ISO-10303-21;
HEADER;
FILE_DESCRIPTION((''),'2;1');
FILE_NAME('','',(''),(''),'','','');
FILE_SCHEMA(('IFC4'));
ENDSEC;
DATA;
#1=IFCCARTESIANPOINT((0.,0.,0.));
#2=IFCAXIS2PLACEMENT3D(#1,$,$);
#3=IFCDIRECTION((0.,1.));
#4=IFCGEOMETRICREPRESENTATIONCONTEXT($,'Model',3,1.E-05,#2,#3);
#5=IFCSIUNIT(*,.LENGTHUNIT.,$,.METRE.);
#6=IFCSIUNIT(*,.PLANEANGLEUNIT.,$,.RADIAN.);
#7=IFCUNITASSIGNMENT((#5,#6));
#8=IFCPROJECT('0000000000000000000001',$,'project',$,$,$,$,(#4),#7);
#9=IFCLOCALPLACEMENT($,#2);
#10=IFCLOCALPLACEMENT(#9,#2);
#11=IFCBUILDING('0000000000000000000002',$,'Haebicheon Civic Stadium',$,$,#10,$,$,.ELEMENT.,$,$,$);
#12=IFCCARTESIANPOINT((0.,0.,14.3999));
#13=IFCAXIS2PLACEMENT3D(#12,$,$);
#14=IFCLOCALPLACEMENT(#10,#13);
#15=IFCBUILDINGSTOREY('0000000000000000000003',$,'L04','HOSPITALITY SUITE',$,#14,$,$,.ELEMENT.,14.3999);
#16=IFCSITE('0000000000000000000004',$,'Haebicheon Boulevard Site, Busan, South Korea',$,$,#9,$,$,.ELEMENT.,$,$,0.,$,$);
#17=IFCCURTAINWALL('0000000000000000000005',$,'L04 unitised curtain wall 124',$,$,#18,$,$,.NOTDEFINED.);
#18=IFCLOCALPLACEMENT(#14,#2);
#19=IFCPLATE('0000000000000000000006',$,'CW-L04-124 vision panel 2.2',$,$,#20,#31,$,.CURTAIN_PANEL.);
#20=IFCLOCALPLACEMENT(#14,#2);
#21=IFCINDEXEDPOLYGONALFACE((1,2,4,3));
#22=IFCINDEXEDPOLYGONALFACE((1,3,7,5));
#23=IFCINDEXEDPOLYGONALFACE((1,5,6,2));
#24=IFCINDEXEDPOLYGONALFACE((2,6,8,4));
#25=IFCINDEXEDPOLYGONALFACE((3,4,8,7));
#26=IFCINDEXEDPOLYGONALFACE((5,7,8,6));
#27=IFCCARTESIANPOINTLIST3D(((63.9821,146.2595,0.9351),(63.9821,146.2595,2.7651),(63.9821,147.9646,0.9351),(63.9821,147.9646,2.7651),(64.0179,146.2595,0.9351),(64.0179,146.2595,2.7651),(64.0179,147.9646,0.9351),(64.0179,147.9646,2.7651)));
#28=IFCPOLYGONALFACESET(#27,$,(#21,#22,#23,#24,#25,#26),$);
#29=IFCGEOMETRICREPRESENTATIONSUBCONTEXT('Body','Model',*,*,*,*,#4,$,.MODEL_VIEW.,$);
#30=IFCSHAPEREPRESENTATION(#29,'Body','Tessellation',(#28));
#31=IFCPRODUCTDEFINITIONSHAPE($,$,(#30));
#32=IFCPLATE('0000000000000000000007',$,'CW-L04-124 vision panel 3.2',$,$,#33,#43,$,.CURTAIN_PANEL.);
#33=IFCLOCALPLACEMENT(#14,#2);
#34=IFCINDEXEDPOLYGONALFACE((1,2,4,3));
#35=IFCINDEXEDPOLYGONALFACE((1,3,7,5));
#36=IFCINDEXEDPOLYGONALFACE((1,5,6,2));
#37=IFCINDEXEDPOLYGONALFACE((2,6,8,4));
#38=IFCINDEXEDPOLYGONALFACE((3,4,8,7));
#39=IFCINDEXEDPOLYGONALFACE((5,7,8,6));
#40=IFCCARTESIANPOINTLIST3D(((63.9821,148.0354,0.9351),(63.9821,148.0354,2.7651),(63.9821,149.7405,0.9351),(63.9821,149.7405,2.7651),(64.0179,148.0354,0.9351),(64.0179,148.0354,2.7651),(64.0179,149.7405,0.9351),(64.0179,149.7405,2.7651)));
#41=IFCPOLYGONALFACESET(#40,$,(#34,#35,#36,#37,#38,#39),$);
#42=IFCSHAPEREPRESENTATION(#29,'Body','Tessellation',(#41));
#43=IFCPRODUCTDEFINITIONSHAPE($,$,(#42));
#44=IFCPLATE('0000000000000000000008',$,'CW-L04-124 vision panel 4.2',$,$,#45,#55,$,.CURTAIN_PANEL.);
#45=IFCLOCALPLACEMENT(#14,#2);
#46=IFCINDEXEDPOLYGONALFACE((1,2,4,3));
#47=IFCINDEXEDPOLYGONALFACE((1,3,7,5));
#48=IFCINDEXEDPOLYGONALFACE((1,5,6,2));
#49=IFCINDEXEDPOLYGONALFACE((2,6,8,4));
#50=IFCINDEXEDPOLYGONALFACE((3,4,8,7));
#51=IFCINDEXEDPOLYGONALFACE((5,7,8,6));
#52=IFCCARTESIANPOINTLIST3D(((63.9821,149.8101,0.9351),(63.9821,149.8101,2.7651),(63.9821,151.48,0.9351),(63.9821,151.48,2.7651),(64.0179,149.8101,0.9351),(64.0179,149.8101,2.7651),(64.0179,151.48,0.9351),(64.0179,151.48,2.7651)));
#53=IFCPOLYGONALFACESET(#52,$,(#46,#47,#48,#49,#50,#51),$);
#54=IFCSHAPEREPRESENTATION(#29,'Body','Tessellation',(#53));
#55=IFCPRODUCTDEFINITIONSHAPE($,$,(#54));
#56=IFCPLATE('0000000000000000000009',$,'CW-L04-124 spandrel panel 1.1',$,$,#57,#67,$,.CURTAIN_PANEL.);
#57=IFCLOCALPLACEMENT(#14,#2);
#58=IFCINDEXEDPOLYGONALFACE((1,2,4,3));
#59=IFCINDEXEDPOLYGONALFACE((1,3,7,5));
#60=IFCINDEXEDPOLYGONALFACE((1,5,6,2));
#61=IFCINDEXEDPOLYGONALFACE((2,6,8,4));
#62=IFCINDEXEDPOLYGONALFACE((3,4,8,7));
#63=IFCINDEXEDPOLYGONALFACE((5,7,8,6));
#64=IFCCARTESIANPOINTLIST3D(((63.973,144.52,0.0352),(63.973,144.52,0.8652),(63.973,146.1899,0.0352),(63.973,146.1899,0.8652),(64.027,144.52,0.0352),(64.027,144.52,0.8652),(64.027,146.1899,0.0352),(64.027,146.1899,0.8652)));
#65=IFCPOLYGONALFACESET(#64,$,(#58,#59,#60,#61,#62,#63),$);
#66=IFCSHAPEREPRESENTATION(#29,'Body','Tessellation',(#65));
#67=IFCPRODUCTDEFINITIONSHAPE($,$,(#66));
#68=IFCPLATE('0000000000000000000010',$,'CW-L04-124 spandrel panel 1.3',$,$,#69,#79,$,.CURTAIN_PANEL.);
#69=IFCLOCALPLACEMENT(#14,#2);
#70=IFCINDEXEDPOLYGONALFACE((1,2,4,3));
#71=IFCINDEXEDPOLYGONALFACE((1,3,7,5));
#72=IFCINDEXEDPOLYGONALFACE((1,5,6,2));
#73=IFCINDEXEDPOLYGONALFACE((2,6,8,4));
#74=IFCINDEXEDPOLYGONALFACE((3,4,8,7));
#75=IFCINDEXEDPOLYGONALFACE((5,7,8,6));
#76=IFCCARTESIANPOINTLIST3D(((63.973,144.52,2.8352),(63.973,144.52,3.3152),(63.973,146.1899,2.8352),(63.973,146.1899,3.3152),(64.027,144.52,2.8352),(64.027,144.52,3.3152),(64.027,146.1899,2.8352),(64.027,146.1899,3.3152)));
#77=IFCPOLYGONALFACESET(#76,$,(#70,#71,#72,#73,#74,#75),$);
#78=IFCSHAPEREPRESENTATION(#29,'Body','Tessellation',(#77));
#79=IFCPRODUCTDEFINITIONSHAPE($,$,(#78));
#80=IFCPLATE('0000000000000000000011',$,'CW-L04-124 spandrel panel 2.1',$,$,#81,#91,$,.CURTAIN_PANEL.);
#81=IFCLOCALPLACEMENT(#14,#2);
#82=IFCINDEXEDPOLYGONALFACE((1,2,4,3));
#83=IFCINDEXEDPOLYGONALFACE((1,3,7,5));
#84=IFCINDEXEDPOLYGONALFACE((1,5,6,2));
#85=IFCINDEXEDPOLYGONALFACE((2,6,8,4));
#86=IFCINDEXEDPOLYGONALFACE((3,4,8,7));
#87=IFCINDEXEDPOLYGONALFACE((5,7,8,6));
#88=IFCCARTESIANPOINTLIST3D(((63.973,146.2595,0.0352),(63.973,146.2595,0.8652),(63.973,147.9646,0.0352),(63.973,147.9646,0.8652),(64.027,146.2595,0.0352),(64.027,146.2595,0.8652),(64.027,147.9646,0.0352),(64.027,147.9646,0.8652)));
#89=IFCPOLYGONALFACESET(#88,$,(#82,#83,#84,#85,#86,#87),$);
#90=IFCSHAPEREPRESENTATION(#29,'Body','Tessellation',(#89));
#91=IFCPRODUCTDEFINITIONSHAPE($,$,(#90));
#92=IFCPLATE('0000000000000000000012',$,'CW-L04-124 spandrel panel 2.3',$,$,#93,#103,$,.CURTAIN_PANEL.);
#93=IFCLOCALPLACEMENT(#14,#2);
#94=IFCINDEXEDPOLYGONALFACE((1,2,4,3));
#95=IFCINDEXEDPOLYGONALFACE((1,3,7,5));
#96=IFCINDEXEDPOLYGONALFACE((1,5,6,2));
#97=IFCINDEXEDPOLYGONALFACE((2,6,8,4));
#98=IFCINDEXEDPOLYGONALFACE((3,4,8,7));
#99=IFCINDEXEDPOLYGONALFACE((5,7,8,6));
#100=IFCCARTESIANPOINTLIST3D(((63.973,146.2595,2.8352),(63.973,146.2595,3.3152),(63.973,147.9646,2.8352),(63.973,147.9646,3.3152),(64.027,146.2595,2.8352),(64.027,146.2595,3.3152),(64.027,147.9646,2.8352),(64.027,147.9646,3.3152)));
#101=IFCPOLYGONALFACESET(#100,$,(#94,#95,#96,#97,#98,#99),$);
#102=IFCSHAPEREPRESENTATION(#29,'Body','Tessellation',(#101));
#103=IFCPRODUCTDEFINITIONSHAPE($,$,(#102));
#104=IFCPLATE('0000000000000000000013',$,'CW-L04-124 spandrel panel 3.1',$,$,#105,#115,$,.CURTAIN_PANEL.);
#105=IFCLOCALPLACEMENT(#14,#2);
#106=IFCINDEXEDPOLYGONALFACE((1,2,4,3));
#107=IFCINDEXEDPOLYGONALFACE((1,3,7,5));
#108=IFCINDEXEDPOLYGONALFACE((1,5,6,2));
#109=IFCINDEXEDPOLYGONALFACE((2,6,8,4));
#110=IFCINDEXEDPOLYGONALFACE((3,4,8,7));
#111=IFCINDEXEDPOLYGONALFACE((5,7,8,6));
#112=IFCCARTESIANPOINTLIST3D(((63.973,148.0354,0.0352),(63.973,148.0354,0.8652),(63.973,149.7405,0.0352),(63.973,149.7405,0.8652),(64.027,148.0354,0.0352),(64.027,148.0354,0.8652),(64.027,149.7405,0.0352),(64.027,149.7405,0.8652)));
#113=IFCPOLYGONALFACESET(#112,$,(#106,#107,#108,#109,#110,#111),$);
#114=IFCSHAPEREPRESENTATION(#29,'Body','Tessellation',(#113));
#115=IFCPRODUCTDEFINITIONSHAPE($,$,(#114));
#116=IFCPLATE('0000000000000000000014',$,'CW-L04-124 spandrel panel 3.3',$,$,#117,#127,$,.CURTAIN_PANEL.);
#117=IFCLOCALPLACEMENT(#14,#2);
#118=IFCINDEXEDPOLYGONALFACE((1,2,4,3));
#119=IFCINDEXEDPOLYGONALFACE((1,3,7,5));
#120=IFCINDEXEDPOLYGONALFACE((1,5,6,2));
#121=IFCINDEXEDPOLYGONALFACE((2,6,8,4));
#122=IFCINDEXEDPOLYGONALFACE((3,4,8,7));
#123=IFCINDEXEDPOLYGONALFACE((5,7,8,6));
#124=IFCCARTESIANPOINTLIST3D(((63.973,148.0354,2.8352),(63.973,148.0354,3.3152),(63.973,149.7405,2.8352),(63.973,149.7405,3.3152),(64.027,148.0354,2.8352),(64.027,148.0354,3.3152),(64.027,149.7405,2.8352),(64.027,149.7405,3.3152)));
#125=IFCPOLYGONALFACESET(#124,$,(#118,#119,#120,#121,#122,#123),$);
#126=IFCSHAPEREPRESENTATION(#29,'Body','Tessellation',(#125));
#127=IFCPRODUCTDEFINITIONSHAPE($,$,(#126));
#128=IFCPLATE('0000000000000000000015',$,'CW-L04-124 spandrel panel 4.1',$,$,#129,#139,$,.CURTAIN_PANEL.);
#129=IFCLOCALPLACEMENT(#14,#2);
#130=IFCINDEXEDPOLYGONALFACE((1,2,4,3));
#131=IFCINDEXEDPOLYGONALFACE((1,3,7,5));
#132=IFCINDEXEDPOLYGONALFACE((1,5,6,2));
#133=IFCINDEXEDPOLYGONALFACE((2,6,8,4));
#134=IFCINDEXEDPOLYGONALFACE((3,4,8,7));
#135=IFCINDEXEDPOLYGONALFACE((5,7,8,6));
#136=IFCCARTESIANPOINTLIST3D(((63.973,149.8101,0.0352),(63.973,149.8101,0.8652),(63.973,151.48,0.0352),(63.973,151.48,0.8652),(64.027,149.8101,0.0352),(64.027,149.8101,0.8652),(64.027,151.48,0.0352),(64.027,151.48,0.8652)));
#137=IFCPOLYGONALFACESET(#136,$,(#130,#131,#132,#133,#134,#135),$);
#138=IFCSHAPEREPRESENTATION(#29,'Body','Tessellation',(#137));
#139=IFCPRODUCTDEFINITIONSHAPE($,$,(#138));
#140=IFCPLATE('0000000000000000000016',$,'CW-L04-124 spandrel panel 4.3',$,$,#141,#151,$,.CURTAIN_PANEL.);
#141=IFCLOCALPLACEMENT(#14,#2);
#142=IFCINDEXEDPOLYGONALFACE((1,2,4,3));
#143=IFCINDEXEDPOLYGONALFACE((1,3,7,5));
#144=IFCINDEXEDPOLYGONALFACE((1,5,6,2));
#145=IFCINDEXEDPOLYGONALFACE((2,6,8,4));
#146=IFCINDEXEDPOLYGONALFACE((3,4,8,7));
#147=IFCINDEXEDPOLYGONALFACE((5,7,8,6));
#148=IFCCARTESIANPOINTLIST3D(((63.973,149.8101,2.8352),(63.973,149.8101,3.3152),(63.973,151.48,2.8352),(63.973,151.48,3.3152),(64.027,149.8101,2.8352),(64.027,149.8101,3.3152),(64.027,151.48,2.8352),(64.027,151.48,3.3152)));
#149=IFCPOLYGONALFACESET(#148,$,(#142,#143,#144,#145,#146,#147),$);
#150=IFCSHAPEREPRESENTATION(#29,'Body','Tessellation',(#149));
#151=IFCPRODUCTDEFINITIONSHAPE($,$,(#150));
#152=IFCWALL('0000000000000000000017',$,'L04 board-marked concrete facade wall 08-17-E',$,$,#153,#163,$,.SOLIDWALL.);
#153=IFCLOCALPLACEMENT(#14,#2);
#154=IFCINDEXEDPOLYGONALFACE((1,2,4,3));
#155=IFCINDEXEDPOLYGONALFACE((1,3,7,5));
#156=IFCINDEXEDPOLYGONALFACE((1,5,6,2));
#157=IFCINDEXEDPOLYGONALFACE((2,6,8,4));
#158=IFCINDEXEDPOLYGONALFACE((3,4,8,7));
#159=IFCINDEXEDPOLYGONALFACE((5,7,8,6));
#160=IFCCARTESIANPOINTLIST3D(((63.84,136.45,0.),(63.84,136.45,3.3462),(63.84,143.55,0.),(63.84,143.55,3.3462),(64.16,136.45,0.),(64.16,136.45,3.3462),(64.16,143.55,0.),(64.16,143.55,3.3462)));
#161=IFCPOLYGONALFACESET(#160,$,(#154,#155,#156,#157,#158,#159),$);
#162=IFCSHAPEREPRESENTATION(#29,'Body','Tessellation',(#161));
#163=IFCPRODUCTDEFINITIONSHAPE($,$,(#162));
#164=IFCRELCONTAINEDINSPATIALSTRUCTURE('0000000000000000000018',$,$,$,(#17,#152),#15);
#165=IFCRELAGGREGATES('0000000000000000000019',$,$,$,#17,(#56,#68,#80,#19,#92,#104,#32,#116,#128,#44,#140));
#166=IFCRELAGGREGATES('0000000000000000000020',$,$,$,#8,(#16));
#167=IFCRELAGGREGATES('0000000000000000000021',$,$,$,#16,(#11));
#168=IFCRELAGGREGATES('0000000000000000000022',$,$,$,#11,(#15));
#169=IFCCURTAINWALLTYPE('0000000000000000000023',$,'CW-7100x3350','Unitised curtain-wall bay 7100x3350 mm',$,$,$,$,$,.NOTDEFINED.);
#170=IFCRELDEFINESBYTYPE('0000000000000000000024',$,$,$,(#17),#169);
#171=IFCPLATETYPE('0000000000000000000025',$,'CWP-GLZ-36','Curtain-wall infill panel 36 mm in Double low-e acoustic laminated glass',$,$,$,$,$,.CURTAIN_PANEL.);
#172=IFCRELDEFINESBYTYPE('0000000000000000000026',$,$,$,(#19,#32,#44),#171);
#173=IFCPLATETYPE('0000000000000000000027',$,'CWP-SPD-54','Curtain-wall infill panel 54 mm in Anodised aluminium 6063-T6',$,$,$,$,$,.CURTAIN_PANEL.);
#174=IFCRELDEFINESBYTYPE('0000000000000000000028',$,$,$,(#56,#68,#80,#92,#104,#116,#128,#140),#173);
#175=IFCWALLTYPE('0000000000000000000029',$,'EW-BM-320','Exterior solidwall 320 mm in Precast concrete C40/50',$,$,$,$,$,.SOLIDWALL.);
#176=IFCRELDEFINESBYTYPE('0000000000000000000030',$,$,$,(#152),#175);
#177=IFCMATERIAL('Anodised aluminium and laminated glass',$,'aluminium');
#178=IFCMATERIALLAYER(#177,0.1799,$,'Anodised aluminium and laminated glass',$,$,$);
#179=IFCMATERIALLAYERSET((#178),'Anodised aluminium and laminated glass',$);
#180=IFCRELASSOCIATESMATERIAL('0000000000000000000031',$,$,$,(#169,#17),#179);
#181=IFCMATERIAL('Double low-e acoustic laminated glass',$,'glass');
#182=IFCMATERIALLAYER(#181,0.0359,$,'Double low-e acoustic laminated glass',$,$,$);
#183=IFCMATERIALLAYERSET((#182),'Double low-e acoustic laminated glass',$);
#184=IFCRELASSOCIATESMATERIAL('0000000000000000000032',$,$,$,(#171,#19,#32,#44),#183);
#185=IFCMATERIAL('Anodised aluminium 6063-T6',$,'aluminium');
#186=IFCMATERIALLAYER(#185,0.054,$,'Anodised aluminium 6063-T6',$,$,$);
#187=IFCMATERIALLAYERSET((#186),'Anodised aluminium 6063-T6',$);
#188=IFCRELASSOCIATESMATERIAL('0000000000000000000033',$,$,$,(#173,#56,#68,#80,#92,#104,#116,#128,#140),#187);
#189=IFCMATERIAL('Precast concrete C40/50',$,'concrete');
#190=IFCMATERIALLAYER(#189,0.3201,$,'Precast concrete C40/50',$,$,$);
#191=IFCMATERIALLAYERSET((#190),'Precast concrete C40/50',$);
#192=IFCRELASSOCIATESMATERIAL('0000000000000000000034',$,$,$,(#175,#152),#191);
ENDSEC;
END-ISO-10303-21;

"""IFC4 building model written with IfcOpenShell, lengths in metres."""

from ifc_helpers import new_model, si_unit, direction, frame, frame_2d, origin, origin_2d, place, context, subcontext, project, spatial, rectangle, extrude, material, layer, layer_set, type_object, element, aggregate, save


model = new_model("IFC4")

# Units and contexts
model_context = context("Model", 3, precision=1e-05, world=origin(), true_north=direction((0.0, 1.0)))
body_context = subcontext(model_context, "Body", "Model", "MODEL_VIEW")
ifc_project = project(units=[si_unit("LENGTHUNIT", "METRE"), si_unit("PLANEANGLEUNIT", "RADIAN")], contexts=[model_context])

# Site, building, storey
site_placement = place(None, origin())
site = spatial("IfcSite", under=ifc_project, at=site_placement, Name="Haebicheon Boulevard Site, Busan, South Korea", CompositionType="ELEMENT", RefElevation=0.0)
building_placement = place(site_placement, origin())
building = spatial("IfcBuilding", under=site, at=building_placement, Name="Haebicheon Civic Stadium", CompositionType="ELEMENT")
storey_placement = place(building_placement, frame((0.0, 0.0, 14.3999)))
storey = spatial("IfcBuildingStorey", under=building, at=storey_placement, Name="L04", Description="HOSPITALITY SUITE", CompositionType="ELEMENT", Elevation=14.3999)

# Curtain wall
ifc_material_1 = material(Name="Anodised aluminium and laminated glass", Category="aluminium")
ifc_layer_1 = layer(ifc_material_1, 0.1799, Name="Anodised aluminium and laminated glass")
ifc_layer_set_1 = layer_set([ifc_layer_1], Name="Anodised aluminium and laminated glass")
curtain_wall_type = type_object("IfcCurtainWallType", Name="CW-7100x3350", Description="Unitised curtain-wall bay 7100x3350 mm", PredefinedType="NOTDEFINED", material=ifc_layer_set_1)
curtain_wall_placement = place(storey_placement, origin())
curtain_wall = element("IfcCurtainWall", 1, at=curtain_wall_placement, inside=storey, type_object=curtain_wall_type, material=ifc_layer_set_1, Name="L04 unitised curtain wall 124", PredefinedType="NOTDEFINED")

# Plates
ifc_material_2 = material(Name="Double low-e acoustic laminated glass", Category="glass")
ifc_layer_2 = layer(ifc_material_2, 0.0359, Name="Double low-e acoustic laminated glass")
ifc_layer_set_2 = layer_set([ifc_layer_2], Name="Double low-e acoustic laminated glass")
plate_type_1 = type_object("IfcPlateType", Name="CWP-GLZ-36", Description="Curtain-wall infill panel 36 mm in Double low-e acoustic laminated glass", PredefinedType="CURTAIN_PANEL", material=ifc_layer_set_2)
plate_1_placement = place(storey_placement, frame((64.0, 147.1121, 0.9351), z_axis=(0.0, 0.0, 1.0), x_axis=(0.0, 1.0, 0.0)))
plate_1 = element("IfcPlate", 2, at=plate_1_placement, type_object=plate_type_1, material=ifc_layer_set_2, Name="CW-L04-124 vision panel 2.2", PredefinedType="CURTAIN_PANEL", context=body_context, shape_type="SweptSolid", body=[
    extrude(rectangle(XDim=1.7051, YDim=0.0359, at=origin_2d()), origin(), (0.0, 0.0, 1.0), 1.8301),
])
plate_2_placement = place(storey_placement, frame((64.0, 148.8879, 0.9351), z_axis=(0.0, 0.0, 1.0), x_axis=(0.0, 1.0, 0.0)))
plate_2 = element("IfcPlate", 3, at=plate_2_placement, type_object=plate_type_1, material=ifc_layer_set_2, Name="CW-L04-124 vision panel 3.2", PredefinedType="CURTAIN_PANEL", context=body_context, shape_type="SweptSolid", body=[
    extrude(rectangle(XDim=1.7051, YDim=0.0359, at=origin_2d()), origin(), (0.0, 0.0, 1.0), 1.8301),
])
plate_3_placement = place(storey_placement, frame((64.0, 150.645, 0.9351), z_axis=(0.0, 0.0, 1.0), x_axis=(0.0, 1.0, 0.0)))
plate_3 = element("IfcPlate", 4, at=plate_3_placement, type_object=plate_type_1, material=ifc_layer_set_2, Name="CW-L04-124 vision panel 4.2", PredefinedType="CURTAIN_PANEL", context=body_context, shape_type="SweptSolid", body=[
    extrude(rectangle(XDim=1.6699, YDim=0.0359, at=origin_2d()), origin(), (0.0, 0.0, 1.0), 1.8301),
])
ifc_material_3 = material(Name="Anodised aluminium 6063-T6", Category="aluminium")
ifc_layer_3 = layer(ifc_material_3, 0.054, Name="Anodised aluminium 6063-T6")
ifc_layer_set_3 = layer_set([ifc_layer_3], Name="Anodised aluminium 6063-T6")
plate_type_2 = type_object("IfcPlateType", Name="CWP-SPD-54", Description="Curtain-wall infill panel 54 mm in Anodised aluminium 6063-T6", PredefinedType="CURTAIN_PANEL", material=ifc_layer_set_3)
plate_4_placement = place(storey_placement, frame((64.0, 145.355, 0.0352), z_axis=(0.0, 0.0, 1.0), x_axis=(0.0, 1.0, 0.0)))
plate_4 = element("IfcPlate", 5, at=plate_4_placement, type_object=plate_type_2, material=ifc_layer_set_3, Name="CW-L04-124 spandrel panel 1.1", PredefinedType="CURTAIN_PANEL", context=body_context, shape_type="SweptSolid", body=[
    extrude(rectangle(XDim=1.6699, YDim=0.054, at=origin_2d()), origin(), (0.0, 0.0, 1.0), 0.8301),
])
plate_5_placement = place(storey_placement, frame((64.0, 145.355, 2.8352), z_axis=(0.0, 0.0, 1.0), x_axis=(0.0, 1.0, 0.0)))
plate_5 = element("IfcPlate", 6, at=plate_5_placement, type_object=plate_type_2, material=ifc_layer_set_3, Name="CW-L04-124 spandrel panel 1.3", PredefinedType="CURTAIN_PANEL", context=body_context, shape_type="SweptSolid", body=[
    extrude(rectangle(XDim=1.6699, YDim=0.054, at=origin_2d()), origin(), (0.0, 0.0, 1.0), 0.48),
])
plate_6_placement = place(storey_placement, frame((64.0, 147.1121, 0.0352), z_axis=(0.0, 0.0, 1.0), x_axis=(0.0, 1.0, 0.0)))
plate_6 = element("IfcPlate", 7, at=plate_6_placement, type_object=plate_type_2, material=ifc_layer_set_3, Name="CW-L04-124 spandrel panel 2.1", PredefinedType="CURTAIN_PANEL", context=body_context, shape_type="SweptSolid", body=[
    extrude(rectangle(XDim=1.7051, YDim=0.054, at=origin_2d()), origin(), (0.0, 0.0, 1.0), 0.8301),
])
plate_7_placement = place(storey_placement, frame((64.0, 147.1121, 2.8352), z_axis=(0.0, 0.0, 1.0), x_axis=(0.0, 1.0, 0.0)))
plate_7 = element("IfcPlate", 8, at=plate_7_placement, type_object=plate_type_2, material=ifc_layer_set_3, Name="CW-L04-124 spandrel panel 2.3", PredefinedType="CURTAIN_PANEL", context=body_context, shape_type="SweptSolid", body=[
    extrude(rectangle(XDim=1.7051, YDim=0.054, at=origin_2d()), origin(), (0.0, 0.0, 1.0), 0.48),
])
plate_8_placement = place(storey_placement, frame((64.0, 148.8879, 0.0352), z_axis=(0.0, 0.0, 1.0), x_axis=(0.0, 1.0, 0.0)))
plate_8 = element("IfcPlate", 9, at=plate_8_placement, type_object=plate_type_2, material=ifc_layer_set_3, Name="CW-L04-124 spandrel panel 3.1", PredefinedType="CURTAIN_PANEL", context=body_context, shape_type="SweptSolid", body=[
    extrude(rectangle(XDim=1.7051, YDim=0.054, at=origin_2d()), origin(), (0.0, 0.0, 1.0), 0.8301),
])
plate_9_placement = place(storey_placement, frame((64.0, 148.8879, 2.8352), z_axis=(0.0, 0.0, 1.0), x_axis=(0.0, 1.0, 0.0)))
plate_9 = element("IfcPlate", 10, at=plate_9_placement, type_object=plate_type_2, material=ifc_layer_set_3, Name="CW-L04-124 spandrel panel 3.3", PredefinedType="CURTAIN_PANEL", context=body_context, shape_type="SweptSolid", body=[
    extrude(rectangle(XDim=1.7051, YDim=0.054, at=origin_2d()), origin(), (0.0, 0.0, 1.0), 0.48),
])
plate_10_placement = place(storey_placement, frame((64.0, 150.645, 0.0352), z_axis=(0.0, 0.0, 1.0), x_axis=(0.0, 1.0, 0.0)))
plate_10 = element("IfcPlate", 11, at=plate_10_placement, type_object=plate_type_2, material=ifc_layer_set_3, Name="CW-L04-124 spandrel panel 4.1", PredefinedType="CURTAIN_PANEL", context=body_context, shape_type="SweptSolid", body=[
    extrude(rectangle(XDim=1.6699, YDim=0.054, at=origin_2d()), origin(), (0.0, 0.0, 1.0), 0.8301),
])
plate_11_placement = place(storey_placement, frame((64.0, 150.645, 2.8352), z_axis=(0.0, 0.0, 1.0), x_axis=(0.0, 1.0, 0.0)))
plate_11 = element("IfcPlate", 12, at=plate_11_placement, type_object=plate_type_2, material=ifc_layer_set_3, Name="CW-L04-124 spandrel panel 4.3", PredefinedType="CURTAIN_PANEL", context=body_context, shape_type="SweptSolid", body=[
    extrude(rectangle(XDim=1.6699, YDim=0.054, at=origin_2d()), origin(), (0.0, 0.0, 1.0), 0.48),
])
aggregate(curtain_wall, [plate_4, plate_5, plate_6, plate_1, plate_7, plate_8, plate_2, plate_9, plate_10, plate_3, plate_11])

# Wall
ifc_material_4 = material(Name="Precast concrete C40/50", Category="concrete")
ifc_layer_4 = layer(ifc_material_4, 0.3201, Name="Precast concrete C40/50")
ifc_layer_set_4 = layer_set([ifc_layer_4], Name="Precast concrete C40/50")
wall_type = type_object("IfcWallType", Name="EW-BM-320", Description="Exterior solidwall 320 mm in Precast concrete C40/50", PredefinedType="SOLIDWALL", material=ifc_layer_set_4)
wall_placement = place(storey_placement, frame((64.0, 136.45, 0.0), z_axis=(0.0, 0.0, 1.0), x_axis=(0.0, 1.0, 0.0)))
element("IfcWall", 13, at=wall_placement, inside=storey, type_object=wall_type, material=ifc_layer_set_4, Name="L04 board-marked concrete facade wall 08-17-E", PredefinedType="SOLIDWALL", context=body_context, shape_type="SweptSolid", body=[
    extrude(rectangle(XDim=7.1001, YDim=0.3201, at=frame_2d((3.55, 0.0))), origin(), (0.0, 0.0, 1.0), 3.3462),
])

save(model, "model.ifc")
